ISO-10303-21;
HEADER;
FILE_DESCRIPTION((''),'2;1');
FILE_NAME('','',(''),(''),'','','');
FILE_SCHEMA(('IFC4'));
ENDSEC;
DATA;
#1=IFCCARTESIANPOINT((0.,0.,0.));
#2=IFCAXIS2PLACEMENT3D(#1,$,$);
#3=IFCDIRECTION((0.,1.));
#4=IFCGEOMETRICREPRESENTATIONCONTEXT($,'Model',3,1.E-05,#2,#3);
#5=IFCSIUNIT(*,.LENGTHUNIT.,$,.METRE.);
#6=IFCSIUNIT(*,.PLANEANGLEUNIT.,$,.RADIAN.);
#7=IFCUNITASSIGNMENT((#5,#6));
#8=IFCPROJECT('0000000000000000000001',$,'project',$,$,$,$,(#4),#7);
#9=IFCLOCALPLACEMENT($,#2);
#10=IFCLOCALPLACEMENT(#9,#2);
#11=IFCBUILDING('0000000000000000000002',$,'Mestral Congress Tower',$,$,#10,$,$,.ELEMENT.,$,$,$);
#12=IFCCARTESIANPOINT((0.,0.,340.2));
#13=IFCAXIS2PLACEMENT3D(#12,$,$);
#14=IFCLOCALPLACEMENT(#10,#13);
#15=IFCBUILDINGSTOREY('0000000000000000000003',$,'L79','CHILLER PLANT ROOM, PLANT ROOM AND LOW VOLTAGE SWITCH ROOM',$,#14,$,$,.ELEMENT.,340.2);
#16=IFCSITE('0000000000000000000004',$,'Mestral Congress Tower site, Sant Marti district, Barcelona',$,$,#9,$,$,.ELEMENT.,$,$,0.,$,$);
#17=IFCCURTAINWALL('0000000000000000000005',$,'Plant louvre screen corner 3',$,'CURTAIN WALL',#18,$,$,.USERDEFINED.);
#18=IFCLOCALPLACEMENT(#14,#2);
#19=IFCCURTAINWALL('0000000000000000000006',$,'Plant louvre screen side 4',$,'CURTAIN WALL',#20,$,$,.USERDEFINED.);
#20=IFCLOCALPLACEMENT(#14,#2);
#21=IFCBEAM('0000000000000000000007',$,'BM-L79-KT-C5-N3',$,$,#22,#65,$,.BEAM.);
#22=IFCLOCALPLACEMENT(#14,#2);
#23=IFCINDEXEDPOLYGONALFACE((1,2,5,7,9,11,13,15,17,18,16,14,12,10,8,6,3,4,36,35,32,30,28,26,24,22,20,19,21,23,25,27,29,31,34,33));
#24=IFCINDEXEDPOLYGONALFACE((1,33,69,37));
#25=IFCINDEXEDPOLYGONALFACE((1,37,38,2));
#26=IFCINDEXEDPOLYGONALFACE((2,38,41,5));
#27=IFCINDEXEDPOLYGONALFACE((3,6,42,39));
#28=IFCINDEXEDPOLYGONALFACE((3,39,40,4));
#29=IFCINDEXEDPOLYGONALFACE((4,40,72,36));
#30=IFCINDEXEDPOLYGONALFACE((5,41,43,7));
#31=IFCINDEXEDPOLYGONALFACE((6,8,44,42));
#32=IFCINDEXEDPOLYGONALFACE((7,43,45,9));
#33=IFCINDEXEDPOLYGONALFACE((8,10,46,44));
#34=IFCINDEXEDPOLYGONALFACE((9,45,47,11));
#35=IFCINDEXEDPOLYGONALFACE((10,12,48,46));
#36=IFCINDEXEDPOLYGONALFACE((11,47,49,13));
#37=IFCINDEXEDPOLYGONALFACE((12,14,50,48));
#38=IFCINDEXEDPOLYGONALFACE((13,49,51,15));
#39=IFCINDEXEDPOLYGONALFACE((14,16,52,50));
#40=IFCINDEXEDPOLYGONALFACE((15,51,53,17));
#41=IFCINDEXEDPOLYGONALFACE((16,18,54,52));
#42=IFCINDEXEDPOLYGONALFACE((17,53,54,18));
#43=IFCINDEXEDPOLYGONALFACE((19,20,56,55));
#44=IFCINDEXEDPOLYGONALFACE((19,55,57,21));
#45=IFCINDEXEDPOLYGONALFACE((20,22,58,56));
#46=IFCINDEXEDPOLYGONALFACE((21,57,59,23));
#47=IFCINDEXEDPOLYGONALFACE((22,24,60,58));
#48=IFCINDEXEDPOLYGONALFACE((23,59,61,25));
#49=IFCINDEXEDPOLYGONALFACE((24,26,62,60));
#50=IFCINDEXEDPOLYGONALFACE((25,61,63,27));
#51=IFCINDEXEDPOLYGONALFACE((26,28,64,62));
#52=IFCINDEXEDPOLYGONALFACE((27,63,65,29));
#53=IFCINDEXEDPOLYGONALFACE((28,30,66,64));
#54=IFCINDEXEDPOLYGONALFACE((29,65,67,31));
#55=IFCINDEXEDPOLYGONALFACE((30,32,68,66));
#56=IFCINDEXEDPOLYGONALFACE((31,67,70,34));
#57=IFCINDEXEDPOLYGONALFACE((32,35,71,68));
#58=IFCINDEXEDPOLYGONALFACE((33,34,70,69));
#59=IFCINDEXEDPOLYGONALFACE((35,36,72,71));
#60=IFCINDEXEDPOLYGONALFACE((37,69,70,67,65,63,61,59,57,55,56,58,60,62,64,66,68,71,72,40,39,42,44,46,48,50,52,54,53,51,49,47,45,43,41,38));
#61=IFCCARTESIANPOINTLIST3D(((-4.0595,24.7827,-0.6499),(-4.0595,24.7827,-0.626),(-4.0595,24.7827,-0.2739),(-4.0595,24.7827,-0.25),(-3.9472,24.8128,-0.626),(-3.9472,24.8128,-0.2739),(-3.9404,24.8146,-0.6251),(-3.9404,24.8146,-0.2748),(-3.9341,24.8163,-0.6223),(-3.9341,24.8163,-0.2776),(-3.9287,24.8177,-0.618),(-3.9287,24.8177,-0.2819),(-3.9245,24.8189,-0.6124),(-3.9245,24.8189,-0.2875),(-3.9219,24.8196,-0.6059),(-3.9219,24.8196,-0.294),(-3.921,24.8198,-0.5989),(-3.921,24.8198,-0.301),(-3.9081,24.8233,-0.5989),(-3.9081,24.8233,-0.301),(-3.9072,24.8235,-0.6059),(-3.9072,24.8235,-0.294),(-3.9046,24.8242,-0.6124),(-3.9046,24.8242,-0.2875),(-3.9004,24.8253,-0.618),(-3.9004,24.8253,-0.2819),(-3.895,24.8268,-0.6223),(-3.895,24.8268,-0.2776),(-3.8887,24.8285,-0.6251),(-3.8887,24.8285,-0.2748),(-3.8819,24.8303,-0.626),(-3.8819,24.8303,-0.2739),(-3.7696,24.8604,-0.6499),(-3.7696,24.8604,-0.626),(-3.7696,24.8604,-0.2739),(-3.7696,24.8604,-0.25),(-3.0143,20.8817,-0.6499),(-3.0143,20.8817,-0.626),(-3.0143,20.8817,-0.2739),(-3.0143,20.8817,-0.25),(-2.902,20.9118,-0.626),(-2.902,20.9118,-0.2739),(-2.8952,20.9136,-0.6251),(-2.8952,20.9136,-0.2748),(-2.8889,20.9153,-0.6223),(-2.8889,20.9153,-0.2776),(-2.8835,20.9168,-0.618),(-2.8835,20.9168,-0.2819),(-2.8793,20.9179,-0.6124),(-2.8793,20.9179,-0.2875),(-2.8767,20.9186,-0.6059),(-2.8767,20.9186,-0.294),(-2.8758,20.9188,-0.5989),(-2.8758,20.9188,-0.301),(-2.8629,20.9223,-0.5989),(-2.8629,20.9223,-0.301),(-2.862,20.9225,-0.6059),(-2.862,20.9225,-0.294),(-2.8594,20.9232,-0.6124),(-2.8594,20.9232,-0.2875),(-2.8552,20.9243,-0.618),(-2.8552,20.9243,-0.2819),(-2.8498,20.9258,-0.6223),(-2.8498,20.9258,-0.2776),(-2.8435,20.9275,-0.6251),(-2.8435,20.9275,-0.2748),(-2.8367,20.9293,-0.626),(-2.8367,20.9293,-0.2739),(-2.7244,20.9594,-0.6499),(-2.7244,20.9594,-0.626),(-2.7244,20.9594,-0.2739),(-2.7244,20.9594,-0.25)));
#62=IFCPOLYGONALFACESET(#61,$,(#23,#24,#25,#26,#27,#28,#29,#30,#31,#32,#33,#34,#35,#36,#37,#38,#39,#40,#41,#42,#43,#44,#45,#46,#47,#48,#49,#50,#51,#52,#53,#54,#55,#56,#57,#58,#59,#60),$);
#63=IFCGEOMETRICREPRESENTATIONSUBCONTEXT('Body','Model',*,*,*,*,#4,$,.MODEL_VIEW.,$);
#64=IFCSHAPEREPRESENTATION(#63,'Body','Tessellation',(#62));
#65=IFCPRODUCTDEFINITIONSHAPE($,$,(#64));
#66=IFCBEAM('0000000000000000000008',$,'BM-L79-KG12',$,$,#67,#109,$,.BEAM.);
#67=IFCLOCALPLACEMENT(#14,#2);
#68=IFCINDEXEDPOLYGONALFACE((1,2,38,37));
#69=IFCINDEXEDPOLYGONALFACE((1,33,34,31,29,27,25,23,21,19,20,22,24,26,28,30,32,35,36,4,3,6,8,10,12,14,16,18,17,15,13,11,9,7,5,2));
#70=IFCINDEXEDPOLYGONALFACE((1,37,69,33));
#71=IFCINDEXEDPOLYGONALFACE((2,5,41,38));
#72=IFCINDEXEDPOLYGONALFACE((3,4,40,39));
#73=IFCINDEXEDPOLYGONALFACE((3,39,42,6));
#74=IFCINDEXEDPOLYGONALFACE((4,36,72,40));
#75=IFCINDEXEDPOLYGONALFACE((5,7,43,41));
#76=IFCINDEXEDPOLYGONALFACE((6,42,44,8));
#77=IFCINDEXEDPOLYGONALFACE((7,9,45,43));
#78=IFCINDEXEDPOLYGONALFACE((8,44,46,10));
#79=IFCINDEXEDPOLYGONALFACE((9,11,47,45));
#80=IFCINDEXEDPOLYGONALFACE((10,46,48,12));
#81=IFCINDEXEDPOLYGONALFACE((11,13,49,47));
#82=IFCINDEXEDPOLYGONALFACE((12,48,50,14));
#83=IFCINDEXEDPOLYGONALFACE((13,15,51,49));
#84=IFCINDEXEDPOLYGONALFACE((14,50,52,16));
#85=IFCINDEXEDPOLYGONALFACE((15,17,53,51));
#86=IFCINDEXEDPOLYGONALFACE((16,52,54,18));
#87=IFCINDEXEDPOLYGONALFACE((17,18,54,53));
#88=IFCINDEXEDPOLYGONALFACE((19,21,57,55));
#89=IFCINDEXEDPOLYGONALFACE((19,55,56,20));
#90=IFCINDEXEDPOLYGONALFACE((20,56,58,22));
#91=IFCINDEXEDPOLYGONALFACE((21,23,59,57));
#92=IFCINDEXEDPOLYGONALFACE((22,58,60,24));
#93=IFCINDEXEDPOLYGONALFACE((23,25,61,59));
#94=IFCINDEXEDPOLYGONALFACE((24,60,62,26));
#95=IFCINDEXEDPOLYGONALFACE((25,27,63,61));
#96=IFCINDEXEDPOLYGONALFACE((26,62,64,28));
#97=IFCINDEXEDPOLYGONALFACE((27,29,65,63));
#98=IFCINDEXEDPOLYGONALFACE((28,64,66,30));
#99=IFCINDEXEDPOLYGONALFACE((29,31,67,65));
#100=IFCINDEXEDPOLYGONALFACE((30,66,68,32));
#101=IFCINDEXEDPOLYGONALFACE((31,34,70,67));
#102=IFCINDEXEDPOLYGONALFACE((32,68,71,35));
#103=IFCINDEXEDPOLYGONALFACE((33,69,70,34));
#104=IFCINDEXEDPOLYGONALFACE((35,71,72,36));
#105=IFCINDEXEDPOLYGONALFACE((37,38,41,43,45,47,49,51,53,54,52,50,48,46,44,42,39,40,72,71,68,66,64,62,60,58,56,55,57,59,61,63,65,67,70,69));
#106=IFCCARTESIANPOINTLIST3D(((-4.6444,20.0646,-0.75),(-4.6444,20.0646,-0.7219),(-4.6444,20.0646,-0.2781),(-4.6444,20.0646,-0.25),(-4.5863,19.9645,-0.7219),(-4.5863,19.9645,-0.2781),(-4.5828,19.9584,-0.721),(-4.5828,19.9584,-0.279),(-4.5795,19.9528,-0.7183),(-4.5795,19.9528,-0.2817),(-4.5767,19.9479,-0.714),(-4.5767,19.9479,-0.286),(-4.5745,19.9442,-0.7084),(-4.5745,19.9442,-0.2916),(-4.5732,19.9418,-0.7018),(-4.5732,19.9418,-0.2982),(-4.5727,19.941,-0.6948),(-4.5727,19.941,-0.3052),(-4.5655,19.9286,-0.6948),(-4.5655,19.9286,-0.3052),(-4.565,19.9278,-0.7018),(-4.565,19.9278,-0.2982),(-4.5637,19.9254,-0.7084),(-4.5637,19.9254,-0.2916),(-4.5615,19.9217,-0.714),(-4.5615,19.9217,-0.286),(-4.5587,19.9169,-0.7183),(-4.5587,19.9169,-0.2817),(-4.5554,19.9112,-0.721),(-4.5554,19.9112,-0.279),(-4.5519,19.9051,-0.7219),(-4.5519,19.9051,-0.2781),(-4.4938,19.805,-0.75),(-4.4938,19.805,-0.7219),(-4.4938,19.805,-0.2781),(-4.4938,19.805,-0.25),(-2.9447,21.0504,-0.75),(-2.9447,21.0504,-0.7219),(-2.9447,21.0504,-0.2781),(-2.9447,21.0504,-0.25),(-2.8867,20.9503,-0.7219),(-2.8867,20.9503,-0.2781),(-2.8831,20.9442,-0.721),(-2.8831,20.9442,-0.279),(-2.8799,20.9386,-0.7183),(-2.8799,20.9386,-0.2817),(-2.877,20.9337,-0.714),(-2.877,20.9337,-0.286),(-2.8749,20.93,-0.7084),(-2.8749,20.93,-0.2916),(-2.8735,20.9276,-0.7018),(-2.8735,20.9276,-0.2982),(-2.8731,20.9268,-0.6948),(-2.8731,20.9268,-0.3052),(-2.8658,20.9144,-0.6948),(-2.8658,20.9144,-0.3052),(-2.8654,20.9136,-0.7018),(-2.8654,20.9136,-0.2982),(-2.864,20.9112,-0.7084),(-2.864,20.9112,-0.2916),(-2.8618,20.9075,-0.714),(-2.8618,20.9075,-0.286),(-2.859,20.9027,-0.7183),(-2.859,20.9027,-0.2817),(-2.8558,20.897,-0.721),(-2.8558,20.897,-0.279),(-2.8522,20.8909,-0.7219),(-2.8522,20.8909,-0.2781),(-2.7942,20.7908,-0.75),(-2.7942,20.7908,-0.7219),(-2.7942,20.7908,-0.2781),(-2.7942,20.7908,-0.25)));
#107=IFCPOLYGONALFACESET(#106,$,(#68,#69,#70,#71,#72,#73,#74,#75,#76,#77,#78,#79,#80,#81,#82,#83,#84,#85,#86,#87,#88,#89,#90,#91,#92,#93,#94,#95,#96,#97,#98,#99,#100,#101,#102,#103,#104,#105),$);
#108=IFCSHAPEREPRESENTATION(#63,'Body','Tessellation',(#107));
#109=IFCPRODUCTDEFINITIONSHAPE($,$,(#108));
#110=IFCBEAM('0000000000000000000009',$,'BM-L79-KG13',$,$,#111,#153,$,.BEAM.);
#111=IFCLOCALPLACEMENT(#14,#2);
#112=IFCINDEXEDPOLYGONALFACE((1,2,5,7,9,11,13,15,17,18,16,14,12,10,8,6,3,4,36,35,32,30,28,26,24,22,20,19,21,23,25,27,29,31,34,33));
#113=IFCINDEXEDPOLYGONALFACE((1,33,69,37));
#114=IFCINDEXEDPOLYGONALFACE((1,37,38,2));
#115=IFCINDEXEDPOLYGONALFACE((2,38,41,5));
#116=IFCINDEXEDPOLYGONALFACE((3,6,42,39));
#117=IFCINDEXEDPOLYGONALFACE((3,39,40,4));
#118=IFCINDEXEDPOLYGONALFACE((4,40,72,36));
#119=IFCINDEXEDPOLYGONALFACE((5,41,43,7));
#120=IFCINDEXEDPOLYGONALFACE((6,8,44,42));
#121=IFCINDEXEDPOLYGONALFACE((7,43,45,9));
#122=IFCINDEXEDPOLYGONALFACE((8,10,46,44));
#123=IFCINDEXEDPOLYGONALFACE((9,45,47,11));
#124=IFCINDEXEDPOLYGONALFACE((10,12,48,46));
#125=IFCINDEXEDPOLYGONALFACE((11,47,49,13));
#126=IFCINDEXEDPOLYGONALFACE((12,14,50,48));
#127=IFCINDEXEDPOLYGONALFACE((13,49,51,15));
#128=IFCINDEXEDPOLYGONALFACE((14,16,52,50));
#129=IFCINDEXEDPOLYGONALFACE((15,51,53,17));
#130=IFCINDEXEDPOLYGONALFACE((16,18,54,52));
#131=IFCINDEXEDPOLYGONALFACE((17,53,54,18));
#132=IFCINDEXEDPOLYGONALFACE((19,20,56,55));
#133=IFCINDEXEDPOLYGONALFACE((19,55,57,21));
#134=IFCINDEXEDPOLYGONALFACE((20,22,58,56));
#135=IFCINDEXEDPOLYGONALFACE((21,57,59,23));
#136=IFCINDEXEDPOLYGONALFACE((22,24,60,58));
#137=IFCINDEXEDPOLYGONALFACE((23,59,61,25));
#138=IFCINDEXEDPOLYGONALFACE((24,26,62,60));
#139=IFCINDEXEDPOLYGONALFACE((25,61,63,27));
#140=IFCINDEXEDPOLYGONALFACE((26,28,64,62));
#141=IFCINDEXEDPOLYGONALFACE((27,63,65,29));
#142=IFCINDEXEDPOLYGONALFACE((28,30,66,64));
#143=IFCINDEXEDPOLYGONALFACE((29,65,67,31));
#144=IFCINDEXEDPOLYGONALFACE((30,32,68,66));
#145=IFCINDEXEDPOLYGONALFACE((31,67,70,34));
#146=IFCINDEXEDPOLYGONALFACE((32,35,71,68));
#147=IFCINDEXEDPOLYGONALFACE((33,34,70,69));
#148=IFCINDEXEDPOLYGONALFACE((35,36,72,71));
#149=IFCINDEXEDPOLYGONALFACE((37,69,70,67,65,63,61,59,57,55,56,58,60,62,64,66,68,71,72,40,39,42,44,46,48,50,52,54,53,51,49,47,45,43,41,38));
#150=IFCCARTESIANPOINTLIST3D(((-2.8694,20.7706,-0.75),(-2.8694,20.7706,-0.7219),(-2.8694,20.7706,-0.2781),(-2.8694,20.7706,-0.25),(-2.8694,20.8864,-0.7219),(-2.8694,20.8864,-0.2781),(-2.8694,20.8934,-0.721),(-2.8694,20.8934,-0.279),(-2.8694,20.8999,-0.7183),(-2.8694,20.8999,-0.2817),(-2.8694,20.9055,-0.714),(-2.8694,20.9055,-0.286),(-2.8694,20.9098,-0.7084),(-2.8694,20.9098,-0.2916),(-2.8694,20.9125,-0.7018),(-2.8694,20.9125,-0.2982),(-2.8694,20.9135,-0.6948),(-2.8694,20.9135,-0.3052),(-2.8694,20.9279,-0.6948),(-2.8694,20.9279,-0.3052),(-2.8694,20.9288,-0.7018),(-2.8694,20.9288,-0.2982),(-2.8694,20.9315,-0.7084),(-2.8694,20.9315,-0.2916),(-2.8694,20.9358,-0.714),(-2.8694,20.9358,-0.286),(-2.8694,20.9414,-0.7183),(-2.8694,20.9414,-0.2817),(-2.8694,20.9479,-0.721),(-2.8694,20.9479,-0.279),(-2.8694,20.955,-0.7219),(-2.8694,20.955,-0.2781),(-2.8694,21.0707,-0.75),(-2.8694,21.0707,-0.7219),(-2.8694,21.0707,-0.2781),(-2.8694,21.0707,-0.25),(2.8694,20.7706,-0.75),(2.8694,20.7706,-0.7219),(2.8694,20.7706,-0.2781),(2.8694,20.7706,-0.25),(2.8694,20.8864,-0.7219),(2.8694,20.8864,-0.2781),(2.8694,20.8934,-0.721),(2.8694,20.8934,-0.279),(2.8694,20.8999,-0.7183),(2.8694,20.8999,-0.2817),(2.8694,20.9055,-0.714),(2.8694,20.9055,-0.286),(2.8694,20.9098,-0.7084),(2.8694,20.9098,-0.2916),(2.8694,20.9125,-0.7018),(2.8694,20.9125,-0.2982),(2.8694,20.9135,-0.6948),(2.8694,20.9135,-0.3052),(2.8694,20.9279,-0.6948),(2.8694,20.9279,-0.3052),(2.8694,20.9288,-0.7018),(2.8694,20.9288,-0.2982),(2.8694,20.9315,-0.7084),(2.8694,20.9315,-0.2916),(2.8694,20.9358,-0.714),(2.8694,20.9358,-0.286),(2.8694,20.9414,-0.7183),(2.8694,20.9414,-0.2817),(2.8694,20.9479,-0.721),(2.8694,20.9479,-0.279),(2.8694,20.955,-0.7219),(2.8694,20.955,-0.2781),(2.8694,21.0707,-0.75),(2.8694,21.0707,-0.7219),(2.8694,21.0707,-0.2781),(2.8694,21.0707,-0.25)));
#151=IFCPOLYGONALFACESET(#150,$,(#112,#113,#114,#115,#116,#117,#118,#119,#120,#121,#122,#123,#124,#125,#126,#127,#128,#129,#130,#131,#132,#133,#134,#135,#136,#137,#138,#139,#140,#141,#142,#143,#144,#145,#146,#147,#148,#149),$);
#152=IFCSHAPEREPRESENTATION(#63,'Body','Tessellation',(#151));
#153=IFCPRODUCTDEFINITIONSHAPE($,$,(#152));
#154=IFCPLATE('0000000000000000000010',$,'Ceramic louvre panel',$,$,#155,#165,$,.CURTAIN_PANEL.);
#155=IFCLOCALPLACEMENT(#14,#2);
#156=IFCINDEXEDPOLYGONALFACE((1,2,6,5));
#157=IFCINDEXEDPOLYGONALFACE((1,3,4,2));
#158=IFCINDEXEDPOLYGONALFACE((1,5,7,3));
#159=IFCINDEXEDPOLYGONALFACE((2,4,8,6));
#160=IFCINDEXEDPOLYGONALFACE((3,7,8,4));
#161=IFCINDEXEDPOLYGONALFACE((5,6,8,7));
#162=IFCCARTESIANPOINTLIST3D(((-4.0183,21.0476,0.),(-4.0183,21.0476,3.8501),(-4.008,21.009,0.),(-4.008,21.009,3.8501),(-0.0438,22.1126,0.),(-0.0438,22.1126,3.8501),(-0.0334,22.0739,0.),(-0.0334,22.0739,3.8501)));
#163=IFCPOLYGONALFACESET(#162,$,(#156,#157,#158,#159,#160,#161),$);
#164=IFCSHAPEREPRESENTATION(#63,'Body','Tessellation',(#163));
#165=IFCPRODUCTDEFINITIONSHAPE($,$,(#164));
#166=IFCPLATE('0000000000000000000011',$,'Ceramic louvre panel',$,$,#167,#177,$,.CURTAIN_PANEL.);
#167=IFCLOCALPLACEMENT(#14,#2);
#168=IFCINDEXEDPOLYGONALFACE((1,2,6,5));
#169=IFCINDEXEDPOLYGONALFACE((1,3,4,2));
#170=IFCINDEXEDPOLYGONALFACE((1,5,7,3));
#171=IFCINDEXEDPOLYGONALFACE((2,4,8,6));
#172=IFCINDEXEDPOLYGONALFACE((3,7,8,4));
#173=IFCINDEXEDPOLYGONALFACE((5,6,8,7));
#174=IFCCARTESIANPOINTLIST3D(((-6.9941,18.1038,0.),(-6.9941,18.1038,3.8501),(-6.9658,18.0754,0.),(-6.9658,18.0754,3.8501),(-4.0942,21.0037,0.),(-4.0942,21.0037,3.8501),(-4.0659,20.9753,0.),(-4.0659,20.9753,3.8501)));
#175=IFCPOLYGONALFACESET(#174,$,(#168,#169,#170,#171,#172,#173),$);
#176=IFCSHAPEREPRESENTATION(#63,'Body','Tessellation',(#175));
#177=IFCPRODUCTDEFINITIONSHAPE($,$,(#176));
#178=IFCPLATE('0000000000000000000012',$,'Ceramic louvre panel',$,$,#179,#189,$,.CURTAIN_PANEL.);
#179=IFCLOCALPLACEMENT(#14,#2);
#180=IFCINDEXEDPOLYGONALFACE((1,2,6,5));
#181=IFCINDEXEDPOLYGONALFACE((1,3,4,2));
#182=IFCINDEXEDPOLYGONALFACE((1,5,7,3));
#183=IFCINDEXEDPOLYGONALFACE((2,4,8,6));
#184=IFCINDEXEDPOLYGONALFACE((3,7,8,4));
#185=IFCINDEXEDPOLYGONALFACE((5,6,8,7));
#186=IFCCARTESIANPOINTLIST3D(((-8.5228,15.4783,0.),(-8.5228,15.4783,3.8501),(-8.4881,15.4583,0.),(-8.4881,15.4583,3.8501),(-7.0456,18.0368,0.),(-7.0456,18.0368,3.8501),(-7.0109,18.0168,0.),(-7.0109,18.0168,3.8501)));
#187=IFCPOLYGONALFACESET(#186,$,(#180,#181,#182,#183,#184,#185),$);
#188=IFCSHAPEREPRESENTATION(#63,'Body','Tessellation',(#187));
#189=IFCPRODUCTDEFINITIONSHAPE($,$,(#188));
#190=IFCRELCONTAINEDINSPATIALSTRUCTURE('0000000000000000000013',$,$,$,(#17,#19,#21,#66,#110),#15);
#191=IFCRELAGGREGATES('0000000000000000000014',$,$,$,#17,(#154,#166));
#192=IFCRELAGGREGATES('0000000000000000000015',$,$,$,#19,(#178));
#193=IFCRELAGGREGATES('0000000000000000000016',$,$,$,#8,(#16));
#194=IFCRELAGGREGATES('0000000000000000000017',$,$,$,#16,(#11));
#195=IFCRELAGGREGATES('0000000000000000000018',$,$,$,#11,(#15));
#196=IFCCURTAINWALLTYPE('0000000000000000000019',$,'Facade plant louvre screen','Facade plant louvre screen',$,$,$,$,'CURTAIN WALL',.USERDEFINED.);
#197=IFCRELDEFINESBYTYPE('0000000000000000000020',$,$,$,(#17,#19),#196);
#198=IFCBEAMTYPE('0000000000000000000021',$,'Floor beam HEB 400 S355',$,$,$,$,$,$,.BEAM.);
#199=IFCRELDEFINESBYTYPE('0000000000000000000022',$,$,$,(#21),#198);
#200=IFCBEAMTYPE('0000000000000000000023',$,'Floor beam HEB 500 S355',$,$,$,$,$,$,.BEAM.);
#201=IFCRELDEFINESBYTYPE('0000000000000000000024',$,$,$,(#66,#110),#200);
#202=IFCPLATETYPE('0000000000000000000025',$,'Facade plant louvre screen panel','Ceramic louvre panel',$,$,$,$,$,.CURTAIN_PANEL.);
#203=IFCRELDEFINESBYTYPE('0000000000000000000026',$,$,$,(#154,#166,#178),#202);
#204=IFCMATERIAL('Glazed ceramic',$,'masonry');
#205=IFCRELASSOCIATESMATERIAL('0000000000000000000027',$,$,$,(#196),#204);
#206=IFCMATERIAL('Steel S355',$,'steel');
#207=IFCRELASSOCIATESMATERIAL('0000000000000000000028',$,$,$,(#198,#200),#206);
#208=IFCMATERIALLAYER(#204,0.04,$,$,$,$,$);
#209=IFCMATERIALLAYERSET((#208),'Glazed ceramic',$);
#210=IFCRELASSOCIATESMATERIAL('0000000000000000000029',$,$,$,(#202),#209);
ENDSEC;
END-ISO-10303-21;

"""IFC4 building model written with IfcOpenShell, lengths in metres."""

from ifc_helpers import new_model, si_unit, direction, frame, origin, origin_2d, place, context, subcontext, project, spatial, rectangle, i_section, extrude, material, layer, layer_set, material_profile, profile_set, type_object, element, aggregate, save


model = new_model("IFC4")

# Units and contexts
model_context = context("Model", 3, precision=1e-05, world=origin(), true_north=direction((0.0, 1.0)))
body_context = subcontext(model_context, "Body", "Model", "MODEL_VIEW")
ifc_project = project(units=[si_unit("LENGTHUNIT", "METRE"), si_unit("PLANEANGLEUNIT", "RADIAN")], contexts=[model_context])

# Site, building, storey
site_placement = place(None, origin())
site = spatial("IfcSite", under=ifc_project, at=site_placement, Name="Mestral Congress Tower site, Sant Marti district, Barcelona", CompositionType="ELEMENT", RefElevation=0.0)
building_placement = place(site_placement, origin())
building = spatial("IfcBuilding", under=site, at=building_placement, Name="Mestral Congress Tower", CompositionType="ELEMENT")
storey_placement = place(building_placement, frame((0.0, 0.0, 340.2)))
storey = spatial("IfcBuildingStorey", under=building, at=storey_placement, Name="L79", Description="CHILLER PLANT ROOM, PLANT ROOM AND LOW VOLTAGE SWITCH ROOM", CompositionType="ELEMENT", Elevation=340.2)

# Shared definitions
ifc_material_1 = material(Name="Steel S355", Category="steel")

# Curtain wall
ifc_material_2 = material(Name="Glazed ceramic", Category="masonry")
curtain_wall_type = type_object("IfcCurtainWallType", Name="Facade plant louvre screen", Description="Facade plant louvre screen", ElementType="CURTAIN WALL", PredefinedType="USERDEFINED", material=ifc_material_2)
placement = place(storey_placement, origin())
curtain_wall_1 = element("IfcCurtainWall", 1, at=placement, inside=storey, type_object=curtain_wall_type, Name="Plant louvre screen corner 3", ObjectType="CURTAIN WALL", PredefinedType="USERDEFINED")

# Curtain wall
curtain_wall_2 = element("IfcCurtainWall", 2, at=placement, inside=storey, type_object=curtain_wall_type, Name="Plant louvre screen side 4", ObjectType="CURTAIN WALL", PredefinedType="USERDEFINED")

# Beams
ifc_material_profile_1 = material_profile(ifc_material_1, i_section(OverallWidth=0.3, OverallDepth=0.3999, WebThickness=0.0134, FlangeThickness=0.0239, FilletRadius=0.0271, at=origin_2d()), Name="HEB 400")
ifc_profile_set_1 = profile_set([ifc_material_profile_1], Name="Steel S355")
beam_type_1 = type_object("IfcBeamType", Name="Floor beam HEB 400 S355", PredefinedType="BEAM", material=ifc_profile_set_1)
beam_1_placement = place(storey_placement, frame((-3.9146, 24.8215, -0.45), z_axis=(0.258803, -0.96593, 0.0), x_axis=(0.96593, 0.258803, 0.0)))
element("IfcBeam", 3, at=beam_1_placement, inside=storey, type_object=beam_type_1, Name="BM-L79-KT-C5-N3", PredefinedType="BEAM", context=body_context, shape_type="SweptSolid", body=[
    extrude(i_section(OverallWidth=0.3, OverallDepth=0.3999, WebThickness=0.0134, FlangeThickness=0.0239, FilletRadius=0.0271, at=origin_2d()), origin(), (0.0, 0.0, 1.0), 4.0386),
])
ifc_material_profile_2 = material_profile(ifc_material_1, i_section(OverallWidth=0.3, OverallDepth=0.5, WebThickness=0.0144, FlangeThickness=0.0281, FilletRadius=0.0271, at=origin_2d()), Name="HEB 500")
ifc_profile_set_2 = profile_set([ifc_material_profile_2], Name="Steel S355")
beam_type_2 = type_object("IfcBeamType", Name="Floor beam HEB 500 S355", PredefinedType="BEAM", material=ifc_profile_set_2)
beam_2_placement = place(storey_placement, frame((-4.5691, 19.9348, -0.5), z_axis=(0.865029, 0.501722, 0.0), x_axis=(-0.501722, 0.865029, 0.0)))
element("IfcBeam", 4, at=beam_2_placement, inside=storey, type_object=beam_type_2, Name="BM-L79-KG12", PredefinedType="BEAM", context=body_context, shape_type="SweptSolid", body=[
    extrude(i_section(OverallWidth=0.3, OverallDepth=0.5, WebThickness=0.0144, FlangeThickness=0.0281, FilletRadius=0.0271, at=origin_2d()), origin(), (0.0, 0.0, 1.0), 1.9648),
])
beam_3_placement = place(storey_placement, frame((-2.8694, 20.9207, -0.5), z_axis=(1.0, 0.0, 0.0), x_axis=(0.0, 1.0, 0.0)))
element("IfcBeam", 5, at=beam_3_placement, inside=storey, type_object=beam_type_2, Name="BM-L79-KG13", PredefinedType="BEAM", context=body_context, shape_type="SweptSolid", body=[
    extrude(i_section(OverallWidth=0.3, OverallDepth=0.5, WebThickness=0.0144, FlangeThickness=0.0281, FilletRadius=0.0271, at=origin_2d()), origin(), (0.0, 0.0, 1.0), 5.7388),
])

# Plates
ifc_layer_1 = layer(ifc_material_2, 0.04)
ifc_layer_set_1 = layer_set([ifc_layer_1], Name="Glazed ceramic")
plate_type = type_object("IfcPlateType", Name="Facade plant louvre screen panel", Description="Ceramic louvre panel", PredefinedType="CURTAIN_PANEL", material=ifc_layer_set_1)
plate_1_placement = place(storey_placement, frame((-2.0259, 21.5608, 0.0), z_axis=(0.0, 0.0, 1.0), x_axis=(-0.965926, -0.258819, 0.0)))
plate_1 = element("IfcPlate", 6, at=plate_1_placement, type_object=plate_type, Name="Ceramic louvre panel", PredefinedType="CURTAIN_PANEL", context=body_context, shape_type="SweptSolid", body=[
    extrude(rectangle(XDim=4.1147, YDim=0.04, at=origin_2d()), origin(), (0.0, 0.0, 1.0), 3.8501),
])
plate_2_placement = place(storey_placement, frame((-5.53, 19.5396, 0.0), z_axis=(0.0, 0.0, 1.0), x_axis=(-0.707107, -0.707107, 0.0)))
plate_2 = element("IfcPlate", 7, at=plate_2_placement, type_object=plate_type, Name="Ceramic louvre panel", PredefinedType="CURTAIN_PANEL", context=body_context, shape_type="SweptSolid", body=[
    extrude(rectangle(XDim=4.1011, YDim=0.04, at=origin_2d()), origin(), (0.0, 0.0, 1.0), 3.8501),
])
aggregate(curtain_wall_1, [plate_1, plate_2])
plate_3_placement = place(storey_placement, frame((-7.7668, 16.7476, 0.0), z_axis=(0.0, 0.0, 1.0), x_axis=(-0.500002, -0.866025, 0.0)))
plate_3 = element("IfcPlate", 8, at=plate_3_placement, type_object=plate_type, Name="Ceramic louvre panel", PredefinedType="CURTAIN_PANEL", context=body_context, shape_type="SweptSolid", body=[
    extrude(rectangle(XDim=2.9543, YDim=0.04, at=origin_2d()), origin(), (0.0, 0.0, 1.0), 3.8501),
])
aggregate(curtain_wall_2, [plate_3])

save(model, "model.ifc")
